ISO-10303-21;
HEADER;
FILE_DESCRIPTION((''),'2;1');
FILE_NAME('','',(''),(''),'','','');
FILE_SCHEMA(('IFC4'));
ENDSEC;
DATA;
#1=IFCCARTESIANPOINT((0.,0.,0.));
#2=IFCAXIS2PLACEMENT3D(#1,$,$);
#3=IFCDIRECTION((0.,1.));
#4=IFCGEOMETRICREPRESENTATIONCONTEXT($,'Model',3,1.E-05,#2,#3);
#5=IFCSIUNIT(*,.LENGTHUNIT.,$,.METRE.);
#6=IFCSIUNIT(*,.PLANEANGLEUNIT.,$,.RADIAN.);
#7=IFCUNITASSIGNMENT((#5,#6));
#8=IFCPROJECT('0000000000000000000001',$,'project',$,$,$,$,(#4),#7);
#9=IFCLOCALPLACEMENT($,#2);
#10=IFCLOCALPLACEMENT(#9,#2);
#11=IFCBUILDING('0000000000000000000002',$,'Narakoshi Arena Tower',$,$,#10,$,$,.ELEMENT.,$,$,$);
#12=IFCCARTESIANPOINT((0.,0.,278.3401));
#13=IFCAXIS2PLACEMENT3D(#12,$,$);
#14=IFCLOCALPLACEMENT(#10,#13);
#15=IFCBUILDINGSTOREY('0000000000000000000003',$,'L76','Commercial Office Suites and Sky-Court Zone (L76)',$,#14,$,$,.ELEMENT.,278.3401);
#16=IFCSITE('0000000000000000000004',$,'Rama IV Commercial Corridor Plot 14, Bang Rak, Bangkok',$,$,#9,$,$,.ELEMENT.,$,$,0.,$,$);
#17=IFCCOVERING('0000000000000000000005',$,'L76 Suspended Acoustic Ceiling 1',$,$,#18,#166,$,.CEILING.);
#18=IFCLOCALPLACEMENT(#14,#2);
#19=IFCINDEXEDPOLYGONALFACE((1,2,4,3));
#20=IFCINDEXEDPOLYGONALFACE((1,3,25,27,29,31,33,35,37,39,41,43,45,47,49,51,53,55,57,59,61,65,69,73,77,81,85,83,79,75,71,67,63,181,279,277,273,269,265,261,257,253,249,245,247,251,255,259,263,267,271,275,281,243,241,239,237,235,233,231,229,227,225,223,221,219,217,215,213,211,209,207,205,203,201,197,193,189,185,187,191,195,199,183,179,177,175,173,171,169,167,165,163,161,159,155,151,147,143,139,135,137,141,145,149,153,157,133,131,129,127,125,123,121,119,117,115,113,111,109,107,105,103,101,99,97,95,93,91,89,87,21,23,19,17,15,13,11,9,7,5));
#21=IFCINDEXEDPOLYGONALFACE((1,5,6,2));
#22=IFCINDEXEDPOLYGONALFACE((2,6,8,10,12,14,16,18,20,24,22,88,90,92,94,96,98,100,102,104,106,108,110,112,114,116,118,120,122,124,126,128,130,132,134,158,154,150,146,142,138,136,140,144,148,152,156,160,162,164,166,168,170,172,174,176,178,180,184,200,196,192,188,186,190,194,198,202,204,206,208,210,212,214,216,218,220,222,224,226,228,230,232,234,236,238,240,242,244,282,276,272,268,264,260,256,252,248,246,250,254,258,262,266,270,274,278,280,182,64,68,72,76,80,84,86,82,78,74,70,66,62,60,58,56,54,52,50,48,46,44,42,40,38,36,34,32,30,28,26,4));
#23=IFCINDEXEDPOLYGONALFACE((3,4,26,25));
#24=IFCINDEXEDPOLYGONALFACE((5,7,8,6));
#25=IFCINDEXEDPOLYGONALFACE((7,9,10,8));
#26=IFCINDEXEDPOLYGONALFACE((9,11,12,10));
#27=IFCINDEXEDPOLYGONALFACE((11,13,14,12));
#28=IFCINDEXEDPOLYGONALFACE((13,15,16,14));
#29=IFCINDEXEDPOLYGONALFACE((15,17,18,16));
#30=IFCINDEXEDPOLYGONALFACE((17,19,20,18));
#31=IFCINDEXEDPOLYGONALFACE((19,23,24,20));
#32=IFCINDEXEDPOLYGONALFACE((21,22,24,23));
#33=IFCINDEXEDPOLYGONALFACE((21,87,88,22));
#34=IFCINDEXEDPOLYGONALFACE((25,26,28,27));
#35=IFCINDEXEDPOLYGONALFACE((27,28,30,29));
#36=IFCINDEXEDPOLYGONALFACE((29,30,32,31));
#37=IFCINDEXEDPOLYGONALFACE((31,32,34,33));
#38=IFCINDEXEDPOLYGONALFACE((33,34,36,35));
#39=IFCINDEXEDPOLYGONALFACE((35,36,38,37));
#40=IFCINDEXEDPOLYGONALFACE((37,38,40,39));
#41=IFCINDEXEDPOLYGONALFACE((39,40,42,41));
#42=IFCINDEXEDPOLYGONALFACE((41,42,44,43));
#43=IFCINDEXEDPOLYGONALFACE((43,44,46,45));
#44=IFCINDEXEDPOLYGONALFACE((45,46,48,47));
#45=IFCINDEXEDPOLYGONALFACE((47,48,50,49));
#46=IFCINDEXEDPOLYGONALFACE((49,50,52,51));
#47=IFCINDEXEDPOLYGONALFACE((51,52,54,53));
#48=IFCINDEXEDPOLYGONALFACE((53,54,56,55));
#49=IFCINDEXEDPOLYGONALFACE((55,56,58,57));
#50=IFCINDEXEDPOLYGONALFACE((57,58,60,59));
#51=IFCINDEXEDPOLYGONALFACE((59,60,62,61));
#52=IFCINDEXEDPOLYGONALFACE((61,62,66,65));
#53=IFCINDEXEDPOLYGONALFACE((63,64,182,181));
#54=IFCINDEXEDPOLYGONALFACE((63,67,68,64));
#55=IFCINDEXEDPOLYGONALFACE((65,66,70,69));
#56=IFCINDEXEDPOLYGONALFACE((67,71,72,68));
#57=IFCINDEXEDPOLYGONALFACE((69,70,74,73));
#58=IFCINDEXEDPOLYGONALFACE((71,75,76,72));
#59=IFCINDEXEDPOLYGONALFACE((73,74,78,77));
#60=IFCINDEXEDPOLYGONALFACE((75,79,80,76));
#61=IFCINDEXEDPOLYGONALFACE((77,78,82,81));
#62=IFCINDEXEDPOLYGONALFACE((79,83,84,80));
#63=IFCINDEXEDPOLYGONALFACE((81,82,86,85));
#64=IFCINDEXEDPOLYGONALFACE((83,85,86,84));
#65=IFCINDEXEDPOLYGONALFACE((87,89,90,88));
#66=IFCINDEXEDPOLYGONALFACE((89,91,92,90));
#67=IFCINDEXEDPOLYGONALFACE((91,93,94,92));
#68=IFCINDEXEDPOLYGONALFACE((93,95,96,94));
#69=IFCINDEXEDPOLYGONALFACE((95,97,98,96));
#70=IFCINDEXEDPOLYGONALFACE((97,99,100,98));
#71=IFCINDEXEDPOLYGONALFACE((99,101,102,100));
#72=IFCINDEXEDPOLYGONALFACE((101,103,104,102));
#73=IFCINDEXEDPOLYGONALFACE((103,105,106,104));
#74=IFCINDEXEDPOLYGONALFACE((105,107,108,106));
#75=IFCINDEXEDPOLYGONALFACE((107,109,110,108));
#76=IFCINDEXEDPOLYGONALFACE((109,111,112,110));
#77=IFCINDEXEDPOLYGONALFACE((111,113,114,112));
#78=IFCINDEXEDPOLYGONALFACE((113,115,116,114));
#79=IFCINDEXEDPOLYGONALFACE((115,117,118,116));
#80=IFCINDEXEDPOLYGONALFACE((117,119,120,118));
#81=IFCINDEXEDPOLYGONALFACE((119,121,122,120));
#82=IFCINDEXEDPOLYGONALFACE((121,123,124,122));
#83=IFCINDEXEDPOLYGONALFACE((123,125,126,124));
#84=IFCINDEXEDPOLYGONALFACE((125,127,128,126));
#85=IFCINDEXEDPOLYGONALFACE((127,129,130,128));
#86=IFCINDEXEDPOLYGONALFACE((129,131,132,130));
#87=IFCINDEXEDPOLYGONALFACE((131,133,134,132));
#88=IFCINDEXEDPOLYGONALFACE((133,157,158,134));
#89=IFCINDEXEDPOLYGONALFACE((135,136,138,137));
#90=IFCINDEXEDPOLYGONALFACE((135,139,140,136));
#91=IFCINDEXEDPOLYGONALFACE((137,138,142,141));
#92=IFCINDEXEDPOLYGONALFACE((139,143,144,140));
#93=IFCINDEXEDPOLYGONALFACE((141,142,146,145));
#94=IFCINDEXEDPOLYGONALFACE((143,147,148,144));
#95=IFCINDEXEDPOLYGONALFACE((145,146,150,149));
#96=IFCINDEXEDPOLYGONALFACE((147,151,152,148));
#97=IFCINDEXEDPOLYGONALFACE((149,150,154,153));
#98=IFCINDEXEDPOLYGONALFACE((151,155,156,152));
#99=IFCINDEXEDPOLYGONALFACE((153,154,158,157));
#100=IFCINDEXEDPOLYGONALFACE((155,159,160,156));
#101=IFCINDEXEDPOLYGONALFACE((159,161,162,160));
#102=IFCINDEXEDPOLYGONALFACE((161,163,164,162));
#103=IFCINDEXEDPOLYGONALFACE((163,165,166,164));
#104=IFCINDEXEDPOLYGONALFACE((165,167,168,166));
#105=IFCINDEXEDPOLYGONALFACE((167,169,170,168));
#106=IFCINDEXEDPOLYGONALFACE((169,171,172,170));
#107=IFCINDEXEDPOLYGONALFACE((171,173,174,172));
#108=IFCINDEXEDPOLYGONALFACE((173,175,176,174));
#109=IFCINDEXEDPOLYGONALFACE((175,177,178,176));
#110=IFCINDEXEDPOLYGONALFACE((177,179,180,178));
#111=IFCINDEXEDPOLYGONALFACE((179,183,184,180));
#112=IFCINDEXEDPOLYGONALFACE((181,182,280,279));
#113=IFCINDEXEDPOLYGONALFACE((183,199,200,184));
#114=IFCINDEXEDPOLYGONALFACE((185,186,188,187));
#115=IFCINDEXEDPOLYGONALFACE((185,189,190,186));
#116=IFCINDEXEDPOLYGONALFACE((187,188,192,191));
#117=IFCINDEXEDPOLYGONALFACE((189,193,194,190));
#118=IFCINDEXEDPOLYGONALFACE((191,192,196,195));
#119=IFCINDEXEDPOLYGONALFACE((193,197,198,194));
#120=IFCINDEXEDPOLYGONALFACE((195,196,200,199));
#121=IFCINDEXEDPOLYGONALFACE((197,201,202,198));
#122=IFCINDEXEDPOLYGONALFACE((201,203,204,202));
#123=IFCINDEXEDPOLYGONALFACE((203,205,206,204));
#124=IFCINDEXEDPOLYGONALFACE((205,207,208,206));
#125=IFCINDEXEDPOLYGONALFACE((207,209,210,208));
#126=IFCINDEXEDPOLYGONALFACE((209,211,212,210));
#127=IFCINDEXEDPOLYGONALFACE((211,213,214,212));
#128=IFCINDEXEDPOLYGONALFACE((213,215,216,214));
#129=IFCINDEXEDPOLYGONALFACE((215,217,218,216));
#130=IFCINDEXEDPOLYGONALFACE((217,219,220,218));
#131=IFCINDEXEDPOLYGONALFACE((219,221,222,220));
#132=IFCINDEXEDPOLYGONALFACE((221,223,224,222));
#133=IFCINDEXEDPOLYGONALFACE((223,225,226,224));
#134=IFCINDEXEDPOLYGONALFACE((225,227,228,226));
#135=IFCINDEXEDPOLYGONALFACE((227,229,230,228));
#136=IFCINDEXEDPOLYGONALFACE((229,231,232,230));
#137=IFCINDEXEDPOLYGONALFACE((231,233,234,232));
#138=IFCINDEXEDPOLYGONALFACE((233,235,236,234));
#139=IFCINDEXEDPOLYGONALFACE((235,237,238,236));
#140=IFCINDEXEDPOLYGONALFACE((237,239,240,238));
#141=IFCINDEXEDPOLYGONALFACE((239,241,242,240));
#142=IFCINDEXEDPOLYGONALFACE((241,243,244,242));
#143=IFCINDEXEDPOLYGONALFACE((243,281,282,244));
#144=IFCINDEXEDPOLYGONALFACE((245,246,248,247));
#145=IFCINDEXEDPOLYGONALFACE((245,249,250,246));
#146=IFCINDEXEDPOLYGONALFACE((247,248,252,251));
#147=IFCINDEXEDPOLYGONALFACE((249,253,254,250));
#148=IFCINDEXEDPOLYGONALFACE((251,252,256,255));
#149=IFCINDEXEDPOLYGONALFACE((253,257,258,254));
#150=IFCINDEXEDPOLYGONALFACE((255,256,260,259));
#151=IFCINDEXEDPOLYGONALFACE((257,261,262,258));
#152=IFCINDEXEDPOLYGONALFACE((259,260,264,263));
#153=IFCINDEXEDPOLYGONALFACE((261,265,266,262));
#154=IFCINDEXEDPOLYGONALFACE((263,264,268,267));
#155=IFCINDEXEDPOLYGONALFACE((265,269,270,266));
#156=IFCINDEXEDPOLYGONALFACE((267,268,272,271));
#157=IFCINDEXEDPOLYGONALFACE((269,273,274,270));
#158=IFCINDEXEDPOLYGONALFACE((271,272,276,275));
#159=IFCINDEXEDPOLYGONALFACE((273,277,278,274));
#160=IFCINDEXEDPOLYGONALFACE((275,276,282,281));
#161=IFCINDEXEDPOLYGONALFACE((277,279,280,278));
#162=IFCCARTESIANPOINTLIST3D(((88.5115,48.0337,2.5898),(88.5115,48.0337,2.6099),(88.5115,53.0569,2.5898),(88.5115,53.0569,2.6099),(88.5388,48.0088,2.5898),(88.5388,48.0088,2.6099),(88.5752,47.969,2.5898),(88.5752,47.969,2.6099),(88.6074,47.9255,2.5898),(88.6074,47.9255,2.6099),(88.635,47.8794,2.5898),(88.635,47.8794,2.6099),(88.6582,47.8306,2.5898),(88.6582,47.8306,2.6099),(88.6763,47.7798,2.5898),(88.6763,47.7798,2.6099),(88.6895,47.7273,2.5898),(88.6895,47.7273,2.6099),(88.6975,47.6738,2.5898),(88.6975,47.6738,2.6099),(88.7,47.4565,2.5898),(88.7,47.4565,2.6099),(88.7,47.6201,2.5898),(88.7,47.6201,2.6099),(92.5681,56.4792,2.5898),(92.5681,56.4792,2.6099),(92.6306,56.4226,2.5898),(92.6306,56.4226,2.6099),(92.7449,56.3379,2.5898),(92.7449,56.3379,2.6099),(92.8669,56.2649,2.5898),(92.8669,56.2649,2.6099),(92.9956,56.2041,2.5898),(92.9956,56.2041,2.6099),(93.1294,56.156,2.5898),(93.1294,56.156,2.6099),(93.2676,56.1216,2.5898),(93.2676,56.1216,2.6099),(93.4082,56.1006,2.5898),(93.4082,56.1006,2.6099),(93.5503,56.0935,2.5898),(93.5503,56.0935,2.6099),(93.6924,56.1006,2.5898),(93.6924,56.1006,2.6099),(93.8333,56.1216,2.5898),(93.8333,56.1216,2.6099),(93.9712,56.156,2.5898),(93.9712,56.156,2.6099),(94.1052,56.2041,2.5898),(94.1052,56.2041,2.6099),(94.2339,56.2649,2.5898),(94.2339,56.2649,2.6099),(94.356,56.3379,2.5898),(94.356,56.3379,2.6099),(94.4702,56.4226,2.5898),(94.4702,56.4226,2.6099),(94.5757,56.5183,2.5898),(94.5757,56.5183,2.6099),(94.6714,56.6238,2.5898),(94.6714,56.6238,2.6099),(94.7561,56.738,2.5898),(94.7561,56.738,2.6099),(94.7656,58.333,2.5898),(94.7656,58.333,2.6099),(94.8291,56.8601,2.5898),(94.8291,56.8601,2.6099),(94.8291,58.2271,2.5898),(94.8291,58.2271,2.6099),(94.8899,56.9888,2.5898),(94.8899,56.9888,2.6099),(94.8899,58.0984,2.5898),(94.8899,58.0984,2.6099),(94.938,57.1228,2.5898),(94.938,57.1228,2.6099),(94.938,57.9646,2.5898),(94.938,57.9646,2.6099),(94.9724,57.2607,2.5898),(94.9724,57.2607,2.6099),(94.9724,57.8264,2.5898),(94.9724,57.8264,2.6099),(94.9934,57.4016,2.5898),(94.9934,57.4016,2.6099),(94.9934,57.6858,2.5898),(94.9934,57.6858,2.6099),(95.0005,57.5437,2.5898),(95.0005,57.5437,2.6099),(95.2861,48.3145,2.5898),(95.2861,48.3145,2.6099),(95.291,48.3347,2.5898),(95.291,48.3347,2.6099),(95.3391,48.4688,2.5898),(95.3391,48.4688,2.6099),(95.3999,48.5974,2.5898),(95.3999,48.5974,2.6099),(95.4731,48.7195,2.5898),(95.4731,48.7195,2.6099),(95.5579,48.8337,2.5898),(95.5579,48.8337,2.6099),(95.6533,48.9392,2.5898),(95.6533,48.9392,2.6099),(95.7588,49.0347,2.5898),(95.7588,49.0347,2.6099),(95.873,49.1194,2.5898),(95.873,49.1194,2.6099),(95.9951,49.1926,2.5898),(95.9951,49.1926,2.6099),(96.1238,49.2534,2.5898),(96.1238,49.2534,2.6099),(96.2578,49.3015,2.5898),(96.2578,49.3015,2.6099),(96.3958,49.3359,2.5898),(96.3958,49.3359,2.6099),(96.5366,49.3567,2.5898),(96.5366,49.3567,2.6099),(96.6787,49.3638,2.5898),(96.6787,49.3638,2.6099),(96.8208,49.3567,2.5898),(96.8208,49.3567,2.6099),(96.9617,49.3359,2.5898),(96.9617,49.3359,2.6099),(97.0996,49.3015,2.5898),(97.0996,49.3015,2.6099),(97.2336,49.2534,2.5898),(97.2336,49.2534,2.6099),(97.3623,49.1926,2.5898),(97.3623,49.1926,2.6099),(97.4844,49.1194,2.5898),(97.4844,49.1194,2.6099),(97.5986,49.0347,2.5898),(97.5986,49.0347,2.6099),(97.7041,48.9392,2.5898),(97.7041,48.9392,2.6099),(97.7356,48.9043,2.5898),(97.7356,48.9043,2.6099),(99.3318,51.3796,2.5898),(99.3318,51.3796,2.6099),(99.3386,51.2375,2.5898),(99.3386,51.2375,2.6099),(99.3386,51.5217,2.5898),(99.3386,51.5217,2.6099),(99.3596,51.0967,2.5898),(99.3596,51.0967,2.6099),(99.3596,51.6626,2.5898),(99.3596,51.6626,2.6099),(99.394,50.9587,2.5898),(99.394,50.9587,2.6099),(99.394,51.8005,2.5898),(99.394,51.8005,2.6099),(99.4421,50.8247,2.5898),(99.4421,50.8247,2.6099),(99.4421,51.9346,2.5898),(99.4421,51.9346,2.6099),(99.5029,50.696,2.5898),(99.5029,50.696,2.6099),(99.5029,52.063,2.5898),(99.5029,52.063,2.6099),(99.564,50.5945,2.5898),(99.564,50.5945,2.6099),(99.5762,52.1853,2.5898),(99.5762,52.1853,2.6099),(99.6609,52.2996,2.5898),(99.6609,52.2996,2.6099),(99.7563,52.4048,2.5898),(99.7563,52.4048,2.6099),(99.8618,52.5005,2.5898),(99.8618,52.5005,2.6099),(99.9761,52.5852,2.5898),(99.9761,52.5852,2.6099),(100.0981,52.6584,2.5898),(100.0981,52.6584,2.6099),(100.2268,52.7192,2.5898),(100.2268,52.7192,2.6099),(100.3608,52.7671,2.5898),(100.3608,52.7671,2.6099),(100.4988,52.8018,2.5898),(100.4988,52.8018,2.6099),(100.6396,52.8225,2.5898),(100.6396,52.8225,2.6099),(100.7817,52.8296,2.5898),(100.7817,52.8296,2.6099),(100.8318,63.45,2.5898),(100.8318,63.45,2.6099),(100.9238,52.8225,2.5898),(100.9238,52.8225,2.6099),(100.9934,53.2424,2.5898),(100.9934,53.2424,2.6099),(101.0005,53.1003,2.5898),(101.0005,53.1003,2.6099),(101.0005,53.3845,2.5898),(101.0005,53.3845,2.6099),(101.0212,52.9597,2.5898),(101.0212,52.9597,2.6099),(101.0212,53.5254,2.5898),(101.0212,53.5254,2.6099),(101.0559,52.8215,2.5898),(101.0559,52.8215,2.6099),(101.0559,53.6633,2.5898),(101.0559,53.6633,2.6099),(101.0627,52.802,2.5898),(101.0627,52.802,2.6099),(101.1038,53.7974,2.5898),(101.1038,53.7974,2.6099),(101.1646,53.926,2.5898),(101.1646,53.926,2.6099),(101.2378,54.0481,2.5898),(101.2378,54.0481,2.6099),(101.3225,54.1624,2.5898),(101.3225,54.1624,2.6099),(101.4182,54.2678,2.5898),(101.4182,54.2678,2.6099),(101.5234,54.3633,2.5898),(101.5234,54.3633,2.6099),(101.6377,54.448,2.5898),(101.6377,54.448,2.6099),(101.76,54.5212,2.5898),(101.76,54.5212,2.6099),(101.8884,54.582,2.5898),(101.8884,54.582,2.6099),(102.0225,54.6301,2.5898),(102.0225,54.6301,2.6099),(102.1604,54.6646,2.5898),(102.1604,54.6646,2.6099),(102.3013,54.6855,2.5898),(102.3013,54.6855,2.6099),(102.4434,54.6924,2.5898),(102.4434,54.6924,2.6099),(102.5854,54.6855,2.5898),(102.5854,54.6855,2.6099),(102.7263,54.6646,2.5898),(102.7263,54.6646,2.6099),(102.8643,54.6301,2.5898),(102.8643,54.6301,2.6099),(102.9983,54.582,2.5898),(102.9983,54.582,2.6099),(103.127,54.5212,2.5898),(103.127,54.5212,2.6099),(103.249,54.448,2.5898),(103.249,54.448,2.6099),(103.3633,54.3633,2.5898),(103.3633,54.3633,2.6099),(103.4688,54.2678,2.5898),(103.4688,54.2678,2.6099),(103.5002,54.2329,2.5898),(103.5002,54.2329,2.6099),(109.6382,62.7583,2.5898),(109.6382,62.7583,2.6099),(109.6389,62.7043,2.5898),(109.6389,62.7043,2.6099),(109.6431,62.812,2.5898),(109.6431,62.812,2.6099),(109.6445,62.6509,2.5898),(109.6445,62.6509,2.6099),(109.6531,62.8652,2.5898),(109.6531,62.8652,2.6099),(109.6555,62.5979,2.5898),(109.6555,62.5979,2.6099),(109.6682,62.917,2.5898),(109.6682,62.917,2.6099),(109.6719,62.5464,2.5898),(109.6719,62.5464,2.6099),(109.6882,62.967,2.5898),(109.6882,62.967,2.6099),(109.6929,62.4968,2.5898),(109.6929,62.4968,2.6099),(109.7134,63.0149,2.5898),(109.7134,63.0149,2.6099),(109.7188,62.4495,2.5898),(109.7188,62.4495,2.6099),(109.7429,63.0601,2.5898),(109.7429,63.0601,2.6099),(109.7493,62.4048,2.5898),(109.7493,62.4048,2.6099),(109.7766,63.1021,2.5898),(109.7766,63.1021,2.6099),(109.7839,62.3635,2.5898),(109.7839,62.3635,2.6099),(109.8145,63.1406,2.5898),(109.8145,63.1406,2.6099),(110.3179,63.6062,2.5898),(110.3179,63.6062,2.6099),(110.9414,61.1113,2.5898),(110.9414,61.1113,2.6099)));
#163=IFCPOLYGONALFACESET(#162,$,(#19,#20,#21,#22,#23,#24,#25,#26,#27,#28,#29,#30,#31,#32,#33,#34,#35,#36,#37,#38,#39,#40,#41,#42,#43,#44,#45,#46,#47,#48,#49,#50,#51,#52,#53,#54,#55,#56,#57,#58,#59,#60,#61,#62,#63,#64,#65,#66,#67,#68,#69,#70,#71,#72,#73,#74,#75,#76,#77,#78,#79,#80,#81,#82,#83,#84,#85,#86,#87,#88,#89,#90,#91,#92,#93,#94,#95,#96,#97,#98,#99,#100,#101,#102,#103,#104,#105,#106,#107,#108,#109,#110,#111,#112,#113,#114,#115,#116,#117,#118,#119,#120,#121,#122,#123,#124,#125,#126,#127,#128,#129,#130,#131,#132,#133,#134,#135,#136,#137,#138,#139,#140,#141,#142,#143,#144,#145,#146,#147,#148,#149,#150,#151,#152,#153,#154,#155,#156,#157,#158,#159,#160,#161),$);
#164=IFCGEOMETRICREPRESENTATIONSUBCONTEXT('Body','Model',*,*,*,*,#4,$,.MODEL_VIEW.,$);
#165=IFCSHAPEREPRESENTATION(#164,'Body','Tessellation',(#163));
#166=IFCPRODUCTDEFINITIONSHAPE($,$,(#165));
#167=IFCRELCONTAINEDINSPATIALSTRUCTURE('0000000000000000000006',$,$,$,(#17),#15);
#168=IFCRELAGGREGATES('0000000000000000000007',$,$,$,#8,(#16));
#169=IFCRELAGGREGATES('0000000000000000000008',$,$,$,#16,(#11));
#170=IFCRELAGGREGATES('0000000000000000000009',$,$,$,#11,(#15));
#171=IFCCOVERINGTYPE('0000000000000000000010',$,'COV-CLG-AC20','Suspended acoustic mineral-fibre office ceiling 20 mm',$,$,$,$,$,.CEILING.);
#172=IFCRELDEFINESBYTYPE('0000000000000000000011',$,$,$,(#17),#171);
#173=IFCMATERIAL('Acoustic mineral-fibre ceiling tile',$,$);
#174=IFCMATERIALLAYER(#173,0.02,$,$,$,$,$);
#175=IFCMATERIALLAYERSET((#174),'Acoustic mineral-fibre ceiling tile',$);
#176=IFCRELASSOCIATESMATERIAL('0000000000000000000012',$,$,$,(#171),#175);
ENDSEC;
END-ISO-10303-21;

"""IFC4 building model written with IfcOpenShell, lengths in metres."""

from ifc_helpers import new_model, si_unit, direction, frame, origin, place, context, subcontext, project, spatial, polyline, outline, extrude, material, layer, layer_set, type_object, element, save


model = new_model("IFC4")

# Units and contexts
model_context = context("Model", 3, precision=1e-05, world=origin(), true_north=direction((0.0, 1.0)))
body_context = subcontext(model_context, "Body", "Model", "MODEL_VIEW")
ifc_project = project(units=[si_unit("LENGTHUNIT", "METRE"), si_unit("PLANEANGLEUNIT", "RADIAN")], contexts=[model_context])

# Site, building, storey
site_placement = place(None, origin())
site = spatial("IfcSite", under=ifc_project, at=site_placement, Name="Rama IV Commercial Corridor Plot 14, Bang Rak, Bangkok", CompositionType="ELEMENT", RefElevation=0.0)
building_placement = place(site_placement, origin())
building = spatial("IfcBuilding", under=site, at=building_placement, Name="Narakoshi Arena Tower", CompositionType="ELEMENT")
storey_placement = place(building_placement, frame((0.0, 0.0, 278.3401)))
storey = spatial("IfcBuildingStorey", under=building, at=storey_placement, Name="L76", Description="Commercial Office Suites and Sky-Court Zone (L76)", CompositionType="ELEMENT", Elevation=278.3401)

# Covering
ifc_material_1 = material(Name="Acoustic mineral-fibre ceiling tile")
ifc_layer_1 = layer(ifc_material_1, 0.02)
ifc_layer_set_1 = layer_set([ifc_layer_1], Name="Acoustic mineral-fibre ceiling tile")
covering_type_1 = type_object("IfcCoveringType", Name="COV-CLG-AC20", Description="Suspended acoustic mineral-fibre office ceiling 20 mm", PredefinedType="CEILING", material=ifc_layer_set_1)
covering_1_placement = place(storey_placement, frame((0.0, 0.0, 2.5898)))
element("IfcCovering", 1, at=covering_1_placement, inside=storey, type_object=covering_type_1, Name="L76 Suspended Acoustic Ceiling 1", PredefinedType="CEILING", context=body_context, shape_type="SweptSolid", body=[
    extrude(outline(polyline([(88.5115, 53.0569), (92.5681, 56.4792), (92.6306, 56.4226), (92.7449, 56.3379), (92.8669, 56.2649), (92.9956, 56.2041), (93.1294, 56.156), (93.2676, 56.1216), (93.4082, 56.1006), (93.5503, 56.0935), (93.6924, 56.1006), (93.8333, 56.1216), (93.9712, 56.156), (94.1052, 56.2041), (94.2339, 56.2649), (94.356, 56.3379), (94.4702, 56.4226), (94.5757, 56.5183), (94.6714, 56.6238), (94.7561, 56.738), (94.8291, 56.8601), (94.8899, 56.9888), (94.938, 57.1228), (94.9724, 57.2607), (94.9934, 57.4016), (95.0005, 57.5437), (94.9934, 57.6858), (94.9724, 57.8264), (94.938, 57.9646), (94.8899, 58.0984), (94.8291, 58.2271), (94.7656, 58.333), (100.8318, 63.45), (110.3179, 63.6062), (109.8145, 63.1406), (109.7766, 63.1021), (109.7429, 63.0601), (109.7134, 63.0149), (109.6882, 62.967), (109.6682, 62.917), (109.6531, 62.8652), (109.6431, 62.812), (109.6382, 62.7583), (109.6389, 62.7043), (109.6445, 62.6509), (109.6555, 62.5979), (109.6719, 62.5464), (109.6929, 62.4968), (109.7188, 62.4495), (109.7493, 62.4048), (109.7839, 62.3635), (110.9414, 61.1113), (103.5002, 54.2329), (103.4688, 54.2678), (103.3633, 54.3633), (103.249, 54.448), (103.127, 54.5212), (102.9983, 54.582), (102.8643, 54.6301), (102.7263, 54.6646), (102.5854, 54.6855), (102.4434, 54.6924), (102.3013, 54.6855), (102.1604, 54.6646), (102.0225, 54.6301), (101.8884, 54.582), (101.76, 54.5212), (101.6377, 54.448), (101.5234, 54.3633), (101.4182, 54.2678), (101.3225, 54.1624), (101.2378, 54.0481), (101.1646, 53.926), (101.1038, 53.7974), (101.0559, 53.6633), (101.0212, 53.5254), (101.0005, 53.3845), (100.9934, 53.2424), (101.0005, 53.1003), (101.0212, 52.9597), (101.0559, 52.8215), (101.0627, 52.802), (100.9238, 52.8225), (100.7817, 52.8296), (100.6396, 52.8225), (100.4988, 52.8018), (100.3608, 52.7671), (100.2268, 52.7192), (100.0981, 52.6584), (99.9761, 52.5852), (99.8618, 52.5005), (99.7563, 52.4048), (99.6609, 52.2996), (99.5762, 52.1853), (99.5029, 52.063), (99.4421, 51.9346), (99.394, 51.8005), (99.3596, 51.6626), (99.3386, 51.5217), (99.3318, 51.3796), (99.3386, 51.2375), (99.3596, 51.0967), (99.394, 50.9587), (99.4421, 50.8247), (99.5029, 50.696), (99.564, 50.5945), (97.7356, 48.9043), (97.7041, 48.9392), (97.5986, 49.0347), (97.4844, 49.1194), (97.3623, 49.1926), (97.2336, 49.2534), (97.0996, 49.3015), (96.9617, 49.3359), (96.8208, 49.3567), (96.6787, 49.3638), (96.5366, 49.3567), (96.3958, 49.3359), (96.2578, 49.3015), (96.1238, 49.2534), (95.9951, 49.1926), (95.873, 49.1194), (95.7588, 49.0347), (95.6533, 48.9392), (95.5579, 48.8337), (95.4731, 48.7195), (95.3999, 48.5974), (95.3391, 48.4688), (95.291, 48.3347), (95.2861, 48.3145), (88.7, 47.4565), (88.7, 47.6201), (88.6975, 47.6738), (88.6895, 47.7273), (88.6763, 47.7798), (88.6582, 47.8306), (88.635, 47.8794), (88.6074, 47.9255), (88.5752, 47.969), (88.5388, 48.0088), (88.5115, 48.0337), (88.5115, 53.0569)])), origin(), (0.0, 0.0, 1.0), 0.02),
])

save(model, "model.ifc")
